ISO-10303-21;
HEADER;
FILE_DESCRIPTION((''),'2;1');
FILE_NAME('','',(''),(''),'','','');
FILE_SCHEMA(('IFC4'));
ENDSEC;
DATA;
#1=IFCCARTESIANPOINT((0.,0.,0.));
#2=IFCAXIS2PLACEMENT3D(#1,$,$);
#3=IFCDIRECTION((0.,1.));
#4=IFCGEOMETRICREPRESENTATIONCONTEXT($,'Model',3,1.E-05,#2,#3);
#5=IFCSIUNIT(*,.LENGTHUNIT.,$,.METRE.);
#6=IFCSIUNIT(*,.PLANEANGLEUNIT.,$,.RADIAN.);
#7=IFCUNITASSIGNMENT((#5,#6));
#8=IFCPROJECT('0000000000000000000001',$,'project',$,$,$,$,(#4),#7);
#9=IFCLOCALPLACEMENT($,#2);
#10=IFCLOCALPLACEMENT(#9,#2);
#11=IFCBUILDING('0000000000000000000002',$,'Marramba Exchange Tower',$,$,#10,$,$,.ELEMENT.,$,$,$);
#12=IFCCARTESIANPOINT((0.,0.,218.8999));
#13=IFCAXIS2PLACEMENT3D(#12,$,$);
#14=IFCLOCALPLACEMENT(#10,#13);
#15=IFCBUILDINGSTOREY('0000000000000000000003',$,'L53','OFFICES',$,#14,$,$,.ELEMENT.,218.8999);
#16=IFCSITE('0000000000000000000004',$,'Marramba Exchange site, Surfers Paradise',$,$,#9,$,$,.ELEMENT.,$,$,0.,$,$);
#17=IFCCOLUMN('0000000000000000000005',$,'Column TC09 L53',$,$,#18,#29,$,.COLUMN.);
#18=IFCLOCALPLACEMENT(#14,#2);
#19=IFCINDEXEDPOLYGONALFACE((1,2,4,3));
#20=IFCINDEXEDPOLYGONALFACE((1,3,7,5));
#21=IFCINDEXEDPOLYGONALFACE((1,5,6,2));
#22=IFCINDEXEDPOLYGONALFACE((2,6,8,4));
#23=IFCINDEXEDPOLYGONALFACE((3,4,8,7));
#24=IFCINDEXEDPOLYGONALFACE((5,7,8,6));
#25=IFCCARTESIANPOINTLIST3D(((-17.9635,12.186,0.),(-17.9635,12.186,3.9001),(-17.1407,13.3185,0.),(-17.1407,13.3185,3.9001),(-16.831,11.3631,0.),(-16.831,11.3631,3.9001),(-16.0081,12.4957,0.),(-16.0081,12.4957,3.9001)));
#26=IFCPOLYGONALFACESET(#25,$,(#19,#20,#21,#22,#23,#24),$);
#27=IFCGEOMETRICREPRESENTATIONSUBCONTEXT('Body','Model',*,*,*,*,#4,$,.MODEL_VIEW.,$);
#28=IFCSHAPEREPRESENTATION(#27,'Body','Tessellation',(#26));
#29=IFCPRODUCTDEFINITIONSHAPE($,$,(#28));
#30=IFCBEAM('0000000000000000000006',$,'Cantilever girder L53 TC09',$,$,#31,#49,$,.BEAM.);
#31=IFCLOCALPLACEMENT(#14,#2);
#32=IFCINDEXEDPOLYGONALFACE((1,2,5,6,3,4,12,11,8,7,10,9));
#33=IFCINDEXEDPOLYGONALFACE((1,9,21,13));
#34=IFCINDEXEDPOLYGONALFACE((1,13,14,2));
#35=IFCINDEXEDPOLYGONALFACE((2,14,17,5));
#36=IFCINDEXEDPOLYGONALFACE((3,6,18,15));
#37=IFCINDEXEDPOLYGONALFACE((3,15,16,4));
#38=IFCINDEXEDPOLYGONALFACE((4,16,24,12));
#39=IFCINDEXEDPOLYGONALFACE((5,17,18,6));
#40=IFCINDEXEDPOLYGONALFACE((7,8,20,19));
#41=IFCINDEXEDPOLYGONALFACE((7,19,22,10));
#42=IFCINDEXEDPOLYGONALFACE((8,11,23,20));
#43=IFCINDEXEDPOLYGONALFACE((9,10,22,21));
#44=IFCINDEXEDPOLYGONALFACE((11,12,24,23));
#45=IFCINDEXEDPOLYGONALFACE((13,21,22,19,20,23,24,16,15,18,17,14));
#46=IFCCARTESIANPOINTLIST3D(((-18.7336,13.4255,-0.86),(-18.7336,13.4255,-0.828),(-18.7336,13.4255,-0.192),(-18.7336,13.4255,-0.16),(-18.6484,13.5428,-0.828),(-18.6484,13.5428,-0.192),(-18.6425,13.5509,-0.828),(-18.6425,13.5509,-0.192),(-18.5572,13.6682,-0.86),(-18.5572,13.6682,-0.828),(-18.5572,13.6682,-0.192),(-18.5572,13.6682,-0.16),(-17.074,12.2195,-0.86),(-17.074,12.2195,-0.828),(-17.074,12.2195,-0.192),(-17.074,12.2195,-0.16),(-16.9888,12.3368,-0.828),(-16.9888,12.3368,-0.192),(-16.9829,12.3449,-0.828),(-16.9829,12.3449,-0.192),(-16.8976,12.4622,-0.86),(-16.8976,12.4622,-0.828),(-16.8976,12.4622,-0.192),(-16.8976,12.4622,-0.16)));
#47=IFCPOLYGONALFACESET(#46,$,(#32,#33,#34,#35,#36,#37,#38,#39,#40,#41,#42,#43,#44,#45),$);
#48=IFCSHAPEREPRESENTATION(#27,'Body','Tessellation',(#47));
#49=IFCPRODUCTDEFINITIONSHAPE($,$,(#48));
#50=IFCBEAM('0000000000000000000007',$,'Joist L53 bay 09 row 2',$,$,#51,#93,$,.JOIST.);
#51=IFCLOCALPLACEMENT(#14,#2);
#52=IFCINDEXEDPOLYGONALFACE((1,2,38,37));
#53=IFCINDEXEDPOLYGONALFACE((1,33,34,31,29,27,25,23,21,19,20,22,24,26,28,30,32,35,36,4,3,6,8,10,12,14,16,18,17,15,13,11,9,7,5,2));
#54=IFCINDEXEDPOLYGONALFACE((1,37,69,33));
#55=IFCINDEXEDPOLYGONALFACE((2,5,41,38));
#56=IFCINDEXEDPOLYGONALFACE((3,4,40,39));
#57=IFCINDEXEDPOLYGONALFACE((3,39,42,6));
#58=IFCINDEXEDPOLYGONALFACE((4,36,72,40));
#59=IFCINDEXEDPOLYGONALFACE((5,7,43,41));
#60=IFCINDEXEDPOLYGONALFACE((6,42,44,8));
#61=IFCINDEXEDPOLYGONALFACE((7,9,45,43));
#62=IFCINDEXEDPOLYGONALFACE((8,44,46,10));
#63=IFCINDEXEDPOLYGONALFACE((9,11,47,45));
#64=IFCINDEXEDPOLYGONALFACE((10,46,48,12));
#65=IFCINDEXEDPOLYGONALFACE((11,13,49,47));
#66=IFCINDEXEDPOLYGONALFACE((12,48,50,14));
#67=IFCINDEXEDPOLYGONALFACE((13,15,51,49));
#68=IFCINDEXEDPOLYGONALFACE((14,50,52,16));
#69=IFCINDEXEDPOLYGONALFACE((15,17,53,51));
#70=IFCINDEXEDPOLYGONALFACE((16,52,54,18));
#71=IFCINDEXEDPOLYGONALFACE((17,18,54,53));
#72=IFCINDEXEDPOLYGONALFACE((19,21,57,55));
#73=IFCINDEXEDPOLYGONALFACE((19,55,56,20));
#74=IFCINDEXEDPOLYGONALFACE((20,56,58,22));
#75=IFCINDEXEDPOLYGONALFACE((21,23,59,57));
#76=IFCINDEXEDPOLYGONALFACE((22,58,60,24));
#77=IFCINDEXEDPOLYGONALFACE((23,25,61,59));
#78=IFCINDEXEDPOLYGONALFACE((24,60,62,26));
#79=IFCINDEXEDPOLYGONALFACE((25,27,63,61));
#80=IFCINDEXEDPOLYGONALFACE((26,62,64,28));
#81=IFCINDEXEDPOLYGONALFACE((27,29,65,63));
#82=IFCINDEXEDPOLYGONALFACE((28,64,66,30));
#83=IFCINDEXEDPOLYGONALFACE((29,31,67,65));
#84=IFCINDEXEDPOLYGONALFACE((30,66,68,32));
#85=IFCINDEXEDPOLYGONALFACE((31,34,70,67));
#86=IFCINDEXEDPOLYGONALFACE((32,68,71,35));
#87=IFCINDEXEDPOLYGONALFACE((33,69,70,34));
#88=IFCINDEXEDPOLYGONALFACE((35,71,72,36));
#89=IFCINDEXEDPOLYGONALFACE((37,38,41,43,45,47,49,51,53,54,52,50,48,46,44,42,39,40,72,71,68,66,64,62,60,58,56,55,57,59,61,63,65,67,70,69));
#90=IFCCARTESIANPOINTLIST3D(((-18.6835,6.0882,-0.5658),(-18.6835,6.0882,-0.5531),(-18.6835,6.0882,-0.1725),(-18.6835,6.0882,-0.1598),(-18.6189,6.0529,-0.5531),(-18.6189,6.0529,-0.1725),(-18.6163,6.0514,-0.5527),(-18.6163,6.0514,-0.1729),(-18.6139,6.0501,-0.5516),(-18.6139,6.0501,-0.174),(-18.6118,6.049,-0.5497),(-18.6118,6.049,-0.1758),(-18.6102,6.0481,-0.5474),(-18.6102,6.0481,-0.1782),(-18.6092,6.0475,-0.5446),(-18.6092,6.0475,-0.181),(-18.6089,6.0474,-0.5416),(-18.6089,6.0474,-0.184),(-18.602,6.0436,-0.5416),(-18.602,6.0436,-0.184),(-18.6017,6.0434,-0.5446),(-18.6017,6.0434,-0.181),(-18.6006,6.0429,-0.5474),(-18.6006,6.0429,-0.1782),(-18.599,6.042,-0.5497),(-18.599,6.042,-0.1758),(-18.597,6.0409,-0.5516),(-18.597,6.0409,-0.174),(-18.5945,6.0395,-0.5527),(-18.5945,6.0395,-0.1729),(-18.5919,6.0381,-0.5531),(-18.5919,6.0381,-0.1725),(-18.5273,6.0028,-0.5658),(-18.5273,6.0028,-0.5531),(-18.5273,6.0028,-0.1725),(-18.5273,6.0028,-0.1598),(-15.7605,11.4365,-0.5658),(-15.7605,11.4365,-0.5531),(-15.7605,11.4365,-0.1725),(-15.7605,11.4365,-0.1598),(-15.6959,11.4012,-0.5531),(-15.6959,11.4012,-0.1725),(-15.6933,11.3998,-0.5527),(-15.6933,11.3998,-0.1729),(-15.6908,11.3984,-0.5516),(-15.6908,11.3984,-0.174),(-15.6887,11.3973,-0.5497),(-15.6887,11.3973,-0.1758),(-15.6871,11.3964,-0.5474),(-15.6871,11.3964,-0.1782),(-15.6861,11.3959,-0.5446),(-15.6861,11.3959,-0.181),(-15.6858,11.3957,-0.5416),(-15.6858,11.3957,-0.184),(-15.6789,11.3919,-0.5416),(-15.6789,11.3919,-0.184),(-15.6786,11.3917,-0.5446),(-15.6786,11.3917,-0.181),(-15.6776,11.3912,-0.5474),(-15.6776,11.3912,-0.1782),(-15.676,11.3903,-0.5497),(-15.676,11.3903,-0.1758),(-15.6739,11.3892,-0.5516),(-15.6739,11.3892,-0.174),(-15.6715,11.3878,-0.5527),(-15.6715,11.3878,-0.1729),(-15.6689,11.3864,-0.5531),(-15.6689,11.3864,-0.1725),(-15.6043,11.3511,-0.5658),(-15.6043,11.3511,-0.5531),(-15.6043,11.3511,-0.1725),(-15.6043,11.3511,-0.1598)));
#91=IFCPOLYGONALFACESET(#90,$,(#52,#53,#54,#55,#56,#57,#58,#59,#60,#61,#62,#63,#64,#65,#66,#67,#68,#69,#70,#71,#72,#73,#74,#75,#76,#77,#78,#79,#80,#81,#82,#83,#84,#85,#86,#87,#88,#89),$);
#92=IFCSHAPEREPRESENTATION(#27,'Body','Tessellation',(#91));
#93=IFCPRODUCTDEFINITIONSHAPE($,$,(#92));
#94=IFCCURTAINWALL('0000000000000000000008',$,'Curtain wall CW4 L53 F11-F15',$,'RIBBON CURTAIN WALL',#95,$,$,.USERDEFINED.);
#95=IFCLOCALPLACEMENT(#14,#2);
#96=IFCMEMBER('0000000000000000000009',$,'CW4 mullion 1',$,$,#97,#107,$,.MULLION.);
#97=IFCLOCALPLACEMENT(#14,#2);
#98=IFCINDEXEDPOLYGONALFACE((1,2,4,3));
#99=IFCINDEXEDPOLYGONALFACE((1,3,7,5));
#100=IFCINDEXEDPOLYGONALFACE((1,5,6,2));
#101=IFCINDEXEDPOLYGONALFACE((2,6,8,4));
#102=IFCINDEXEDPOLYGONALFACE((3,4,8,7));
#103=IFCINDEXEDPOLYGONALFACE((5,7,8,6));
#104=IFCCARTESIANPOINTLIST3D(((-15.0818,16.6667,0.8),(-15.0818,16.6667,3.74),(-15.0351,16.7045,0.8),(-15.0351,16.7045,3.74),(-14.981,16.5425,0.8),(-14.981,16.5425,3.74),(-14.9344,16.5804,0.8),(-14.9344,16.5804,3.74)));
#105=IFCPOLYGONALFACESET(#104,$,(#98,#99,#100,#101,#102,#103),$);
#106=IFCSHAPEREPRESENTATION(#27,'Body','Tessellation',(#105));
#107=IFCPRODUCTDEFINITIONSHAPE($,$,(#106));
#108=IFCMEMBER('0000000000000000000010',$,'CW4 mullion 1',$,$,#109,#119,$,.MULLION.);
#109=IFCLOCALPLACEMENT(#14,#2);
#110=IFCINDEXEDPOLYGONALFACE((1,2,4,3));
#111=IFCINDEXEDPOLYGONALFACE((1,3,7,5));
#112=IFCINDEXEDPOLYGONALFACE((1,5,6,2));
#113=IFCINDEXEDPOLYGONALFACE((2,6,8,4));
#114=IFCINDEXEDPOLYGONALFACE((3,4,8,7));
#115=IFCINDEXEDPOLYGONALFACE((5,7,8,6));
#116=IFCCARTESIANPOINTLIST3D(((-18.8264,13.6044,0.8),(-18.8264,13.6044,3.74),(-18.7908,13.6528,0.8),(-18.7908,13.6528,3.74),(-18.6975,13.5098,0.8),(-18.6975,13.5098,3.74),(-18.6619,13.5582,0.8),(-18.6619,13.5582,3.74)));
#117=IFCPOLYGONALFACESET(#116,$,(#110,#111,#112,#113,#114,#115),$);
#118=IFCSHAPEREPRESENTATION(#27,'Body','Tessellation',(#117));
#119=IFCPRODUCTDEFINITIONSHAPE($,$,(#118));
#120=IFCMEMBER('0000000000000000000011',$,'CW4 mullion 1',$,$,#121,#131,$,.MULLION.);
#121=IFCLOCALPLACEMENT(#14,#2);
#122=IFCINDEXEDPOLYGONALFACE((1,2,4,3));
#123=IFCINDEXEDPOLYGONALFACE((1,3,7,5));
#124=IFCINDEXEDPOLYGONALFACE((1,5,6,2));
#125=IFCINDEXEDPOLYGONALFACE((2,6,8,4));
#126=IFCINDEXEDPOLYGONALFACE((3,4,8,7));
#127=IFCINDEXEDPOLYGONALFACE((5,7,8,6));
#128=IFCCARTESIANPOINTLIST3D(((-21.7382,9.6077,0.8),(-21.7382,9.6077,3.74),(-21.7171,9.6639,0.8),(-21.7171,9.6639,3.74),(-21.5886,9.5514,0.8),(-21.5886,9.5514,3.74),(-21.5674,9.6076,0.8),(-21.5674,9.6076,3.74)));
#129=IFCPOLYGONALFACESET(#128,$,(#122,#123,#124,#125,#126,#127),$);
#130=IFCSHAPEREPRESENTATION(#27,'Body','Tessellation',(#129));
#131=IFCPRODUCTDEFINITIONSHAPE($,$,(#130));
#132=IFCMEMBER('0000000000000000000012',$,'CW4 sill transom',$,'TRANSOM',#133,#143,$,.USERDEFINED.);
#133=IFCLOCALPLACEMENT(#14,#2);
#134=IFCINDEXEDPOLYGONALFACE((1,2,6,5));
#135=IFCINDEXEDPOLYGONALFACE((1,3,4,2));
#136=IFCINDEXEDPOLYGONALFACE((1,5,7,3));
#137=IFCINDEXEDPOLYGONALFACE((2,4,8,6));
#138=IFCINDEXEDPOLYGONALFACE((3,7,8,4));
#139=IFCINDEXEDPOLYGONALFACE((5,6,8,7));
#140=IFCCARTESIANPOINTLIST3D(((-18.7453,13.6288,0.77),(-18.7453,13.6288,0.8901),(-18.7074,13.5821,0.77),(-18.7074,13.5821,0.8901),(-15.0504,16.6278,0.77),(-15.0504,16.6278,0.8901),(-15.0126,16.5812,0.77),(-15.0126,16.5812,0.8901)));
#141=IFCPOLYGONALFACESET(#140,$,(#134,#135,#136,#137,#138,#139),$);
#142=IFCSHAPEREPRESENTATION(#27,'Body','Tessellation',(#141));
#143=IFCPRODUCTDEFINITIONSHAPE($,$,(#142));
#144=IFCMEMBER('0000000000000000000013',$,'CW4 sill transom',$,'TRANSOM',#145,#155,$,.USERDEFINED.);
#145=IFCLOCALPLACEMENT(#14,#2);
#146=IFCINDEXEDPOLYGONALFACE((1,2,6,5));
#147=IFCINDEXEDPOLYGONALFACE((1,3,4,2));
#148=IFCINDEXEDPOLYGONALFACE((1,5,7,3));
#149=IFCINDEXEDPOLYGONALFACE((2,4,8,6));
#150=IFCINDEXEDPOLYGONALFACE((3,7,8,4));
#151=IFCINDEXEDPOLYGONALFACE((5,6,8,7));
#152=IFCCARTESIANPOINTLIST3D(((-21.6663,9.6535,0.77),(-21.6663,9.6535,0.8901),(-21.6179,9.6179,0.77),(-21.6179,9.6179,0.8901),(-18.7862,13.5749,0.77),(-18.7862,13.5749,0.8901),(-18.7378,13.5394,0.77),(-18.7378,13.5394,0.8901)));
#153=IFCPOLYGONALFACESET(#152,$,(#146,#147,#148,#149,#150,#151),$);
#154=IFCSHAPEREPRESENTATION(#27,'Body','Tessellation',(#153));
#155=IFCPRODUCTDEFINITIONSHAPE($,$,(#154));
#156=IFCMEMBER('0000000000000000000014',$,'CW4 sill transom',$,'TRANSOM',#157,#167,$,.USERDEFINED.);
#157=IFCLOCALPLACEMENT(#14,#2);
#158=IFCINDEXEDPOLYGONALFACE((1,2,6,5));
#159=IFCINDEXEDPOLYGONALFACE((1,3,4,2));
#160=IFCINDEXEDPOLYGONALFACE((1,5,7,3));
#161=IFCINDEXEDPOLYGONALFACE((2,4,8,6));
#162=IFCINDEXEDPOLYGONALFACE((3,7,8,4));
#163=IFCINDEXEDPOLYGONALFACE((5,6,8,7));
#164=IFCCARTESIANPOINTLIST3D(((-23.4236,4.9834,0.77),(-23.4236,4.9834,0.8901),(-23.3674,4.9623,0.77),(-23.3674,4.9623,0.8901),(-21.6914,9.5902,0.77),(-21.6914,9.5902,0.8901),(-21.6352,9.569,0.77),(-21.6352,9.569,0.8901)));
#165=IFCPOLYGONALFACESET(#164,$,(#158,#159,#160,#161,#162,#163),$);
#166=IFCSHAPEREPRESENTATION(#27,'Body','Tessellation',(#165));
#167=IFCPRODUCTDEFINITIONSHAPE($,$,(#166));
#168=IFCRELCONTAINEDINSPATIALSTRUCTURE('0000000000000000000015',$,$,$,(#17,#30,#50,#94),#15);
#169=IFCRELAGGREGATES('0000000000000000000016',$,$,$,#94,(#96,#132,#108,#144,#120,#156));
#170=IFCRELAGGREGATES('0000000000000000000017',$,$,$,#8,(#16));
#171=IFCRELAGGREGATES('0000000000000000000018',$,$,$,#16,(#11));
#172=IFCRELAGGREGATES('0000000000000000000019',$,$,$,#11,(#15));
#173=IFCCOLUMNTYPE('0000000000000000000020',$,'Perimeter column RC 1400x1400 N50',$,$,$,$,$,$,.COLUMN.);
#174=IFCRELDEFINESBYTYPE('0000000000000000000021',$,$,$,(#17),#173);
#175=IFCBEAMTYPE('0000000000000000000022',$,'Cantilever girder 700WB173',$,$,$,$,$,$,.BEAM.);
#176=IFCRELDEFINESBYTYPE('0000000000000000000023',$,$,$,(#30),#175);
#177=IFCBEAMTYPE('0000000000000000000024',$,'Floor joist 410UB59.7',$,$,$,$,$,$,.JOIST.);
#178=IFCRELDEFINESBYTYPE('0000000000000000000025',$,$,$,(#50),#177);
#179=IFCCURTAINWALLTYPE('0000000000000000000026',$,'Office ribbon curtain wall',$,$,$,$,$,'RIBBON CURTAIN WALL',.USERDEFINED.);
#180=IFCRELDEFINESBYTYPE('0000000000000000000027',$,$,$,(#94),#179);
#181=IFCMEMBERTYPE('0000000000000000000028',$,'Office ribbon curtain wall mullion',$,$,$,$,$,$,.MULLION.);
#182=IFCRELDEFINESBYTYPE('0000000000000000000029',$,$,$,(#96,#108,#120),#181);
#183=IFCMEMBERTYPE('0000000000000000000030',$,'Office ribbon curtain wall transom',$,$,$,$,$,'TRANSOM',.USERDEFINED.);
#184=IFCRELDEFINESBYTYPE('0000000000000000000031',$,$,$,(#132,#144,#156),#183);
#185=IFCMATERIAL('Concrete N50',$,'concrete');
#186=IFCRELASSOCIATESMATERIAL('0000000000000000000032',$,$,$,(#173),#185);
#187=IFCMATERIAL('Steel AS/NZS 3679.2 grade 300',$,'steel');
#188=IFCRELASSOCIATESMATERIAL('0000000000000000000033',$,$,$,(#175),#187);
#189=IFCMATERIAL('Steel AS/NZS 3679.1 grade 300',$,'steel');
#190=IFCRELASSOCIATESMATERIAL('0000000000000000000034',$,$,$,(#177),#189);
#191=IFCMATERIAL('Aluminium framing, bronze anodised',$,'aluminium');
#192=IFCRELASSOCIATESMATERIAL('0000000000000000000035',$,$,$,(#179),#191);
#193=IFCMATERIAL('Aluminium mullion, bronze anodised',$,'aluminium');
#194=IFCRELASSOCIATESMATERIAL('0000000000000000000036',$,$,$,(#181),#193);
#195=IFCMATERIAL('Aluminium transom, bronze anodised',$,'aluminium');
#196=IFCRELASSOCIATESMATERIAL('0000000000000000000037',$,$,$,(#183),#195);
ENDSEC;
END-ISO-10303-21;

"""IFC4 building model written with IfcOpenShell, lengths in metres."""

from ifc_helpers import new_model, si_unit, direction, frame, origin, origin_2d, place, context, subcontext, project, spatial, rectangle, i_section, extrude, material, material_profile, profile_set, type_object, element, aggregate, save


model = new_model("IFC4")

# Units and contexts
model_context = context("Model", 3, precision=1e-05, world=origin(), true_north=direction((0.0, 1.0)))
body_context = subcontext(model_context, "Body", "Model", "MODEL_VIEW")
ifc_project = project(units=[si_unit("LENGTHUNIT", "METRE"), si_unit("PLANEANGLEUNIT", "RADIAN")], contexts=[model_context])

# Site, building, storey
site_placement = place(None, origin())
site = spatial("IfcSite", under=ifc_project, at=site_placement, Name="Marramba Exchange site, Surfers Paradise", CompositionType="ELEMENT", RefElevation=0.0)
building_placement = place(site_placement, origin())
building = spatial("IfcBuilding", under=site, at=building_placement, Name="Marramba Exchange Tower", CompositionType="ELEMENT")
storey_placement = place(building_placement, frame((0.0, 0.0, 218.8999)))
storey = spatial("IfcBuildingStorey", under=building, at=storey_placement, Name="L53", Description="OFFICES", CompositionType="ELEMENT", Elevation=218.8999)

# Column
ifc_material_1 = material(Name="Concrete N50", Category="concrete")
ifc_material_profile_1 = material_profile(ifc_material_1, rectangle(XDim=1.3999, YDim=1.3999, at=origin_2d()), Name="RC 1400x1400")
ifc_profile_set_1 = profile_set([ifc_material_profile_1], Name="Concrete N50")
column_type = type_object("IfcColumnType", Name="Perimeter column RC 1400x1400 N50", PredefinedType="COLUMN", material=ifc_profile_set_1)
column_placement = place(storey_placement, frame((-16.9858, 12.3408, 0.0), z_axis=(0.0, 0.0, 1.0), x_axis=(-0.809017, 0.587785, 0.0)))
element("IfcColumn", 1, at=column_placement, inside=storey, type_object=column_type, Name="Column TC09 L53", PredefinedType="COLUMN", context=body_context, shape_type="SweptSolid", body=[
    extrude(rectangle(XDim=1.3999, YDim=1.3999, at=origin_2d()), origin(), (0.0, 0.0, 1.0), 3.9001),
])

# Beams
ifc_material_2 = material(Name="Steel AS/NZS 3679.2 grade 300", Category="steel")
ifc_material_profile_2 = material_profile(ifc_material_2, i_section(OverallWidth=0.3, OverallDepth=0.7, WebThickness=0.01, FlangeThickness=0.032, at=origin_2d()), Name="700WB173")
ifc_profile_set_2 = profile_set([ifc_material_profile_2], Name="Steel AS/NZS 3679.2 grade 300")
beam_type_1 = type_object("IfcBeamType", Name="Cantilever girder 700WB173", PredefinedType="BEAM", material=ifc_profile_set_2)
beam_1_placement = place(storey_placement, frame((-16.9858, 12.3408, -0.51), z_axis=(-0.808962, 0.58786, 0.0), x_axis=(-0.58786, -0.808962, 0.0)))
element("IfcBeam", 2, at=beam_1_placement, inside=storey, type_object=beam_type_1, Name="Cantilever girder L53 TC09", PredefinedType="BEAM", context=body_context, shape_type="SweptSolid", body=[
    extrude(i_section(OverallWidth=0.3, OverallDepth=0.7, WebThickness=0.01, FlangeThickness=0.032, at=origin_2d()), origin(), (0.0, 0.0, 1.0), 2.0515),
])
ifc_material_3 = material(Name="Steel AS/NZS 3679.1 grade 300", Category="steel")
ifc_material_profile_3 = material_profile(ifc_material_3, i_section(OverallWidth=0.178, OverallDepth=0.406, WebThickness=0.0078, FlangeThickness=0.0127, FilletRadius=0.0115, at=origin_2d()), Name="410UB59.7")
ifc_profile_set_3 = profile_set([ifc_material_profile_3], Name="Steel AS/NZS 3679.1 grade 300")
beam_type_2 = type_object("IfcBeamType", Name="Floor joist 410UB59.7", PredefinedType="JOIST", material=ifc_profile_set_3)
beam_2_placement = place(storey_placement, frame((-15.6824, 11.3938, -0.3628), z_axis=(-0.479584, -0.877496, 0.0), x_axis=(0.877496, -0.479584, 0.0)))
element("IfcBeam", 3, at=beam_2_placement, inside=storey, type_object=beam_type_2, Name="Joist L53 bay 09 row 2", PredefinedType="JOIST", context=body_context, shape_type="SweptSolid", body=[
    extrude(i_section(OverallWidth=0.178, OverallDepth=0.406, WebThickness=0.0078, FlangeThickness=0.0127, FilletRadius=0.0115, at=origin_2d()), origin(), (0.0, 0.0, 1.0), 6.095),
])

# Curtain wall, members
ifc_material_4 = material(Name="Aluminium framing, bronze anodised", Category="aluminium")
curtain_wall_type = type_object("IfcCurtainWallType", Name="Office ribbon curtain wall", ElementType="RIBBON CURTAIN WALL", PredefinedType="USERDEFINED", material=ifc_material_4)
curtain_wall_placement = place(storey_placement, origin())
curtain_wall = element("IfcCurtainWall", 4, at=curtain_wall_placement, inside=storey, type_object=curtain_wall_type, Name="Curtain wall CW4 L53 F11-F15", ObjectType="RIBBON CURTAIN WALL", PredefinedType="USERDEFINED")
ifc_material_5 = material(Name="Aluminium mullion, bronze anodised", Category="aluminium")
ifc_material_profile_4 = material_profile(ifc_material_5, rectangle(XDim=0.1599, YDim=0.0601, at=origin_2d()), Name="CW4 mullion 60x160")
ifc_profile_set_4 = profile_set([ifc_material_profile_4], Name="Aluminium mullion, bronze anodised")
member_type_1 = type_object("IfcMemberType", Name="Office ribbon curtain wall mullion", PredefinedType="MULLION", material=ifc_profile_set_4)
member_1_placement = place(storey_placement, frame((-15.0081, 16.6235, 0.8), z_axis=(0.0, 0.0, 1.0), x_axis=(0.630201, -0.776432, 0.0)))
member_1 = element("IfcMember", 5, at=member_1_placement, type_object=member_type_1, Name="CW4 mullion 1", PredefinedType="MULLION", context=body_context, shape_type="SweptSolid", body=[
    extrude(rectangle(XDim=0.1599, YDim=0.0601, at=origin_2d()), origin(), (0.0, 0.0, 1.0), 2.9399),
])
member_2_placement = place(storey_placement, frame((-18.7441, 13.5813, 0.8), z_axis=(0.0, 0.0, 1.0), x_axis=(0.805965, -0.591963, 0.0)))
member_2 = element("IfcMember", 6, at=member_2_placement, type_object=member_type_1, Name="CW4 mullion 1", PredefinedType="MULLION", context=body_context, shape_type="SweptSolid", body=[
    extrude(rectangle(XDim=0.1599, YDim=0.0601, at=origin_2d()), origin(), (0.0, 0.0, 1.0), 2.9399),
])
member_3_placement = place(storey_placement, frame((-21.6528, 9.6077, 0.8), z_axis=(0.0, 0.0, 1.0), x_axis=(0.936018, -0.351952, 0.0)))
member_3 = element("IfcMember", 7, at=member_3_placement, type_object=member_type_1, Name="CW4 mullion 1", PredefinedType="MULLION", context=body_context, shape_type="SweptSolid", body=[
    extrude(rectangle(XDim=0.1599, YDim=0.0601, at=origin_2d()), origin(), (0.0, 0.0, 1.0), 2.9399),
])
ifc_material_6 = material(Name="Aluminium transom, bronze anodised", Category="aluminium")
ifc_material_profile_5 = material_profile(ifc_material_6, rectangle(XDim=0.0601, YDim=0.1201, at=origin_2d()), Name="CW4 transom 60x120")
ifc_profile_set_5 = profile_set([ifc_material_profile_5], Name="Aluminium transom, bronze anodised")
member_type_2 = type_object("IfcMemberType", Name="Office ribbon curtain wall transom", ElementType="TRANSOM", PredefinedType="USERDEFINED", material=ifc_profile_set_5)
member_4_placement = place(storey_placement, frame((-15.0315, 16.6045, 0.8301), z_axis=(-0.776425, -0.63021, 0.0), x_axis=(0.63021, -0.776425, 0.0)))
member_4 = element("IfcMember", 8, at=member_4_placement, type_object=member_type_2, Name="CW4 sill transom", ObjectType="TRANSOM", PredefinedType="USERDEFINED", context=body_context, shape_type="SweptSolid", body=[
    extrude(rectangle(XDim=0.0601, YDim=0.1201, at=origin_2d()), origin(), (0.0, 0.0, 1.0), 4.7588),
])
member_5_placement = place(storey_placement, frame((-18.762, 13.5571, 0.8301), z_axis=(-0.591957, -0.805969, 0.0), x_axis=(0.805969, -0.591957, 0.0)))
member_5 = element("IfcMember", 9, at=member_5_placement, type_object=member_type_2, Name="CW4 sill transom", ObjectType="TRANSOM", PredefinedType="USERDEFINED", context=body_context, shape_type="SweptSolid", body=[
    extrude(rectangle(XDim=0.0601, YDim=0.1201, at=origin_2d()), origin(), (0.0, 0.0, 1.0), 4.8655),
])
member_6_placement = place(storey_placement, frame((-21.6633, 9.5796, 0.8301), z_axis=(-0.351955, -0.936017, 0.0), x_axis=(0.936017, -0.351955, 0.0)))
member_6 = element("IfcMember", 10, at=member_6_placement, type_object=member_type_2, Name="CW4 sill transom", ObjectType="TRANSOM", PredefinedType="USERDEFINED", context=body_context, shape_type="SweptSolid", body=[
    extrude(rectangle(XDim=0.0601, YDim=0.1201, at=origin_2d()), origin(), (0.0, 0.0, 1.0), 4.9216),
])

aggregate(curtain_wall, [member_1, member_4, member_2, member_5, member_3, member_6])

save(model, "model.ifc")
